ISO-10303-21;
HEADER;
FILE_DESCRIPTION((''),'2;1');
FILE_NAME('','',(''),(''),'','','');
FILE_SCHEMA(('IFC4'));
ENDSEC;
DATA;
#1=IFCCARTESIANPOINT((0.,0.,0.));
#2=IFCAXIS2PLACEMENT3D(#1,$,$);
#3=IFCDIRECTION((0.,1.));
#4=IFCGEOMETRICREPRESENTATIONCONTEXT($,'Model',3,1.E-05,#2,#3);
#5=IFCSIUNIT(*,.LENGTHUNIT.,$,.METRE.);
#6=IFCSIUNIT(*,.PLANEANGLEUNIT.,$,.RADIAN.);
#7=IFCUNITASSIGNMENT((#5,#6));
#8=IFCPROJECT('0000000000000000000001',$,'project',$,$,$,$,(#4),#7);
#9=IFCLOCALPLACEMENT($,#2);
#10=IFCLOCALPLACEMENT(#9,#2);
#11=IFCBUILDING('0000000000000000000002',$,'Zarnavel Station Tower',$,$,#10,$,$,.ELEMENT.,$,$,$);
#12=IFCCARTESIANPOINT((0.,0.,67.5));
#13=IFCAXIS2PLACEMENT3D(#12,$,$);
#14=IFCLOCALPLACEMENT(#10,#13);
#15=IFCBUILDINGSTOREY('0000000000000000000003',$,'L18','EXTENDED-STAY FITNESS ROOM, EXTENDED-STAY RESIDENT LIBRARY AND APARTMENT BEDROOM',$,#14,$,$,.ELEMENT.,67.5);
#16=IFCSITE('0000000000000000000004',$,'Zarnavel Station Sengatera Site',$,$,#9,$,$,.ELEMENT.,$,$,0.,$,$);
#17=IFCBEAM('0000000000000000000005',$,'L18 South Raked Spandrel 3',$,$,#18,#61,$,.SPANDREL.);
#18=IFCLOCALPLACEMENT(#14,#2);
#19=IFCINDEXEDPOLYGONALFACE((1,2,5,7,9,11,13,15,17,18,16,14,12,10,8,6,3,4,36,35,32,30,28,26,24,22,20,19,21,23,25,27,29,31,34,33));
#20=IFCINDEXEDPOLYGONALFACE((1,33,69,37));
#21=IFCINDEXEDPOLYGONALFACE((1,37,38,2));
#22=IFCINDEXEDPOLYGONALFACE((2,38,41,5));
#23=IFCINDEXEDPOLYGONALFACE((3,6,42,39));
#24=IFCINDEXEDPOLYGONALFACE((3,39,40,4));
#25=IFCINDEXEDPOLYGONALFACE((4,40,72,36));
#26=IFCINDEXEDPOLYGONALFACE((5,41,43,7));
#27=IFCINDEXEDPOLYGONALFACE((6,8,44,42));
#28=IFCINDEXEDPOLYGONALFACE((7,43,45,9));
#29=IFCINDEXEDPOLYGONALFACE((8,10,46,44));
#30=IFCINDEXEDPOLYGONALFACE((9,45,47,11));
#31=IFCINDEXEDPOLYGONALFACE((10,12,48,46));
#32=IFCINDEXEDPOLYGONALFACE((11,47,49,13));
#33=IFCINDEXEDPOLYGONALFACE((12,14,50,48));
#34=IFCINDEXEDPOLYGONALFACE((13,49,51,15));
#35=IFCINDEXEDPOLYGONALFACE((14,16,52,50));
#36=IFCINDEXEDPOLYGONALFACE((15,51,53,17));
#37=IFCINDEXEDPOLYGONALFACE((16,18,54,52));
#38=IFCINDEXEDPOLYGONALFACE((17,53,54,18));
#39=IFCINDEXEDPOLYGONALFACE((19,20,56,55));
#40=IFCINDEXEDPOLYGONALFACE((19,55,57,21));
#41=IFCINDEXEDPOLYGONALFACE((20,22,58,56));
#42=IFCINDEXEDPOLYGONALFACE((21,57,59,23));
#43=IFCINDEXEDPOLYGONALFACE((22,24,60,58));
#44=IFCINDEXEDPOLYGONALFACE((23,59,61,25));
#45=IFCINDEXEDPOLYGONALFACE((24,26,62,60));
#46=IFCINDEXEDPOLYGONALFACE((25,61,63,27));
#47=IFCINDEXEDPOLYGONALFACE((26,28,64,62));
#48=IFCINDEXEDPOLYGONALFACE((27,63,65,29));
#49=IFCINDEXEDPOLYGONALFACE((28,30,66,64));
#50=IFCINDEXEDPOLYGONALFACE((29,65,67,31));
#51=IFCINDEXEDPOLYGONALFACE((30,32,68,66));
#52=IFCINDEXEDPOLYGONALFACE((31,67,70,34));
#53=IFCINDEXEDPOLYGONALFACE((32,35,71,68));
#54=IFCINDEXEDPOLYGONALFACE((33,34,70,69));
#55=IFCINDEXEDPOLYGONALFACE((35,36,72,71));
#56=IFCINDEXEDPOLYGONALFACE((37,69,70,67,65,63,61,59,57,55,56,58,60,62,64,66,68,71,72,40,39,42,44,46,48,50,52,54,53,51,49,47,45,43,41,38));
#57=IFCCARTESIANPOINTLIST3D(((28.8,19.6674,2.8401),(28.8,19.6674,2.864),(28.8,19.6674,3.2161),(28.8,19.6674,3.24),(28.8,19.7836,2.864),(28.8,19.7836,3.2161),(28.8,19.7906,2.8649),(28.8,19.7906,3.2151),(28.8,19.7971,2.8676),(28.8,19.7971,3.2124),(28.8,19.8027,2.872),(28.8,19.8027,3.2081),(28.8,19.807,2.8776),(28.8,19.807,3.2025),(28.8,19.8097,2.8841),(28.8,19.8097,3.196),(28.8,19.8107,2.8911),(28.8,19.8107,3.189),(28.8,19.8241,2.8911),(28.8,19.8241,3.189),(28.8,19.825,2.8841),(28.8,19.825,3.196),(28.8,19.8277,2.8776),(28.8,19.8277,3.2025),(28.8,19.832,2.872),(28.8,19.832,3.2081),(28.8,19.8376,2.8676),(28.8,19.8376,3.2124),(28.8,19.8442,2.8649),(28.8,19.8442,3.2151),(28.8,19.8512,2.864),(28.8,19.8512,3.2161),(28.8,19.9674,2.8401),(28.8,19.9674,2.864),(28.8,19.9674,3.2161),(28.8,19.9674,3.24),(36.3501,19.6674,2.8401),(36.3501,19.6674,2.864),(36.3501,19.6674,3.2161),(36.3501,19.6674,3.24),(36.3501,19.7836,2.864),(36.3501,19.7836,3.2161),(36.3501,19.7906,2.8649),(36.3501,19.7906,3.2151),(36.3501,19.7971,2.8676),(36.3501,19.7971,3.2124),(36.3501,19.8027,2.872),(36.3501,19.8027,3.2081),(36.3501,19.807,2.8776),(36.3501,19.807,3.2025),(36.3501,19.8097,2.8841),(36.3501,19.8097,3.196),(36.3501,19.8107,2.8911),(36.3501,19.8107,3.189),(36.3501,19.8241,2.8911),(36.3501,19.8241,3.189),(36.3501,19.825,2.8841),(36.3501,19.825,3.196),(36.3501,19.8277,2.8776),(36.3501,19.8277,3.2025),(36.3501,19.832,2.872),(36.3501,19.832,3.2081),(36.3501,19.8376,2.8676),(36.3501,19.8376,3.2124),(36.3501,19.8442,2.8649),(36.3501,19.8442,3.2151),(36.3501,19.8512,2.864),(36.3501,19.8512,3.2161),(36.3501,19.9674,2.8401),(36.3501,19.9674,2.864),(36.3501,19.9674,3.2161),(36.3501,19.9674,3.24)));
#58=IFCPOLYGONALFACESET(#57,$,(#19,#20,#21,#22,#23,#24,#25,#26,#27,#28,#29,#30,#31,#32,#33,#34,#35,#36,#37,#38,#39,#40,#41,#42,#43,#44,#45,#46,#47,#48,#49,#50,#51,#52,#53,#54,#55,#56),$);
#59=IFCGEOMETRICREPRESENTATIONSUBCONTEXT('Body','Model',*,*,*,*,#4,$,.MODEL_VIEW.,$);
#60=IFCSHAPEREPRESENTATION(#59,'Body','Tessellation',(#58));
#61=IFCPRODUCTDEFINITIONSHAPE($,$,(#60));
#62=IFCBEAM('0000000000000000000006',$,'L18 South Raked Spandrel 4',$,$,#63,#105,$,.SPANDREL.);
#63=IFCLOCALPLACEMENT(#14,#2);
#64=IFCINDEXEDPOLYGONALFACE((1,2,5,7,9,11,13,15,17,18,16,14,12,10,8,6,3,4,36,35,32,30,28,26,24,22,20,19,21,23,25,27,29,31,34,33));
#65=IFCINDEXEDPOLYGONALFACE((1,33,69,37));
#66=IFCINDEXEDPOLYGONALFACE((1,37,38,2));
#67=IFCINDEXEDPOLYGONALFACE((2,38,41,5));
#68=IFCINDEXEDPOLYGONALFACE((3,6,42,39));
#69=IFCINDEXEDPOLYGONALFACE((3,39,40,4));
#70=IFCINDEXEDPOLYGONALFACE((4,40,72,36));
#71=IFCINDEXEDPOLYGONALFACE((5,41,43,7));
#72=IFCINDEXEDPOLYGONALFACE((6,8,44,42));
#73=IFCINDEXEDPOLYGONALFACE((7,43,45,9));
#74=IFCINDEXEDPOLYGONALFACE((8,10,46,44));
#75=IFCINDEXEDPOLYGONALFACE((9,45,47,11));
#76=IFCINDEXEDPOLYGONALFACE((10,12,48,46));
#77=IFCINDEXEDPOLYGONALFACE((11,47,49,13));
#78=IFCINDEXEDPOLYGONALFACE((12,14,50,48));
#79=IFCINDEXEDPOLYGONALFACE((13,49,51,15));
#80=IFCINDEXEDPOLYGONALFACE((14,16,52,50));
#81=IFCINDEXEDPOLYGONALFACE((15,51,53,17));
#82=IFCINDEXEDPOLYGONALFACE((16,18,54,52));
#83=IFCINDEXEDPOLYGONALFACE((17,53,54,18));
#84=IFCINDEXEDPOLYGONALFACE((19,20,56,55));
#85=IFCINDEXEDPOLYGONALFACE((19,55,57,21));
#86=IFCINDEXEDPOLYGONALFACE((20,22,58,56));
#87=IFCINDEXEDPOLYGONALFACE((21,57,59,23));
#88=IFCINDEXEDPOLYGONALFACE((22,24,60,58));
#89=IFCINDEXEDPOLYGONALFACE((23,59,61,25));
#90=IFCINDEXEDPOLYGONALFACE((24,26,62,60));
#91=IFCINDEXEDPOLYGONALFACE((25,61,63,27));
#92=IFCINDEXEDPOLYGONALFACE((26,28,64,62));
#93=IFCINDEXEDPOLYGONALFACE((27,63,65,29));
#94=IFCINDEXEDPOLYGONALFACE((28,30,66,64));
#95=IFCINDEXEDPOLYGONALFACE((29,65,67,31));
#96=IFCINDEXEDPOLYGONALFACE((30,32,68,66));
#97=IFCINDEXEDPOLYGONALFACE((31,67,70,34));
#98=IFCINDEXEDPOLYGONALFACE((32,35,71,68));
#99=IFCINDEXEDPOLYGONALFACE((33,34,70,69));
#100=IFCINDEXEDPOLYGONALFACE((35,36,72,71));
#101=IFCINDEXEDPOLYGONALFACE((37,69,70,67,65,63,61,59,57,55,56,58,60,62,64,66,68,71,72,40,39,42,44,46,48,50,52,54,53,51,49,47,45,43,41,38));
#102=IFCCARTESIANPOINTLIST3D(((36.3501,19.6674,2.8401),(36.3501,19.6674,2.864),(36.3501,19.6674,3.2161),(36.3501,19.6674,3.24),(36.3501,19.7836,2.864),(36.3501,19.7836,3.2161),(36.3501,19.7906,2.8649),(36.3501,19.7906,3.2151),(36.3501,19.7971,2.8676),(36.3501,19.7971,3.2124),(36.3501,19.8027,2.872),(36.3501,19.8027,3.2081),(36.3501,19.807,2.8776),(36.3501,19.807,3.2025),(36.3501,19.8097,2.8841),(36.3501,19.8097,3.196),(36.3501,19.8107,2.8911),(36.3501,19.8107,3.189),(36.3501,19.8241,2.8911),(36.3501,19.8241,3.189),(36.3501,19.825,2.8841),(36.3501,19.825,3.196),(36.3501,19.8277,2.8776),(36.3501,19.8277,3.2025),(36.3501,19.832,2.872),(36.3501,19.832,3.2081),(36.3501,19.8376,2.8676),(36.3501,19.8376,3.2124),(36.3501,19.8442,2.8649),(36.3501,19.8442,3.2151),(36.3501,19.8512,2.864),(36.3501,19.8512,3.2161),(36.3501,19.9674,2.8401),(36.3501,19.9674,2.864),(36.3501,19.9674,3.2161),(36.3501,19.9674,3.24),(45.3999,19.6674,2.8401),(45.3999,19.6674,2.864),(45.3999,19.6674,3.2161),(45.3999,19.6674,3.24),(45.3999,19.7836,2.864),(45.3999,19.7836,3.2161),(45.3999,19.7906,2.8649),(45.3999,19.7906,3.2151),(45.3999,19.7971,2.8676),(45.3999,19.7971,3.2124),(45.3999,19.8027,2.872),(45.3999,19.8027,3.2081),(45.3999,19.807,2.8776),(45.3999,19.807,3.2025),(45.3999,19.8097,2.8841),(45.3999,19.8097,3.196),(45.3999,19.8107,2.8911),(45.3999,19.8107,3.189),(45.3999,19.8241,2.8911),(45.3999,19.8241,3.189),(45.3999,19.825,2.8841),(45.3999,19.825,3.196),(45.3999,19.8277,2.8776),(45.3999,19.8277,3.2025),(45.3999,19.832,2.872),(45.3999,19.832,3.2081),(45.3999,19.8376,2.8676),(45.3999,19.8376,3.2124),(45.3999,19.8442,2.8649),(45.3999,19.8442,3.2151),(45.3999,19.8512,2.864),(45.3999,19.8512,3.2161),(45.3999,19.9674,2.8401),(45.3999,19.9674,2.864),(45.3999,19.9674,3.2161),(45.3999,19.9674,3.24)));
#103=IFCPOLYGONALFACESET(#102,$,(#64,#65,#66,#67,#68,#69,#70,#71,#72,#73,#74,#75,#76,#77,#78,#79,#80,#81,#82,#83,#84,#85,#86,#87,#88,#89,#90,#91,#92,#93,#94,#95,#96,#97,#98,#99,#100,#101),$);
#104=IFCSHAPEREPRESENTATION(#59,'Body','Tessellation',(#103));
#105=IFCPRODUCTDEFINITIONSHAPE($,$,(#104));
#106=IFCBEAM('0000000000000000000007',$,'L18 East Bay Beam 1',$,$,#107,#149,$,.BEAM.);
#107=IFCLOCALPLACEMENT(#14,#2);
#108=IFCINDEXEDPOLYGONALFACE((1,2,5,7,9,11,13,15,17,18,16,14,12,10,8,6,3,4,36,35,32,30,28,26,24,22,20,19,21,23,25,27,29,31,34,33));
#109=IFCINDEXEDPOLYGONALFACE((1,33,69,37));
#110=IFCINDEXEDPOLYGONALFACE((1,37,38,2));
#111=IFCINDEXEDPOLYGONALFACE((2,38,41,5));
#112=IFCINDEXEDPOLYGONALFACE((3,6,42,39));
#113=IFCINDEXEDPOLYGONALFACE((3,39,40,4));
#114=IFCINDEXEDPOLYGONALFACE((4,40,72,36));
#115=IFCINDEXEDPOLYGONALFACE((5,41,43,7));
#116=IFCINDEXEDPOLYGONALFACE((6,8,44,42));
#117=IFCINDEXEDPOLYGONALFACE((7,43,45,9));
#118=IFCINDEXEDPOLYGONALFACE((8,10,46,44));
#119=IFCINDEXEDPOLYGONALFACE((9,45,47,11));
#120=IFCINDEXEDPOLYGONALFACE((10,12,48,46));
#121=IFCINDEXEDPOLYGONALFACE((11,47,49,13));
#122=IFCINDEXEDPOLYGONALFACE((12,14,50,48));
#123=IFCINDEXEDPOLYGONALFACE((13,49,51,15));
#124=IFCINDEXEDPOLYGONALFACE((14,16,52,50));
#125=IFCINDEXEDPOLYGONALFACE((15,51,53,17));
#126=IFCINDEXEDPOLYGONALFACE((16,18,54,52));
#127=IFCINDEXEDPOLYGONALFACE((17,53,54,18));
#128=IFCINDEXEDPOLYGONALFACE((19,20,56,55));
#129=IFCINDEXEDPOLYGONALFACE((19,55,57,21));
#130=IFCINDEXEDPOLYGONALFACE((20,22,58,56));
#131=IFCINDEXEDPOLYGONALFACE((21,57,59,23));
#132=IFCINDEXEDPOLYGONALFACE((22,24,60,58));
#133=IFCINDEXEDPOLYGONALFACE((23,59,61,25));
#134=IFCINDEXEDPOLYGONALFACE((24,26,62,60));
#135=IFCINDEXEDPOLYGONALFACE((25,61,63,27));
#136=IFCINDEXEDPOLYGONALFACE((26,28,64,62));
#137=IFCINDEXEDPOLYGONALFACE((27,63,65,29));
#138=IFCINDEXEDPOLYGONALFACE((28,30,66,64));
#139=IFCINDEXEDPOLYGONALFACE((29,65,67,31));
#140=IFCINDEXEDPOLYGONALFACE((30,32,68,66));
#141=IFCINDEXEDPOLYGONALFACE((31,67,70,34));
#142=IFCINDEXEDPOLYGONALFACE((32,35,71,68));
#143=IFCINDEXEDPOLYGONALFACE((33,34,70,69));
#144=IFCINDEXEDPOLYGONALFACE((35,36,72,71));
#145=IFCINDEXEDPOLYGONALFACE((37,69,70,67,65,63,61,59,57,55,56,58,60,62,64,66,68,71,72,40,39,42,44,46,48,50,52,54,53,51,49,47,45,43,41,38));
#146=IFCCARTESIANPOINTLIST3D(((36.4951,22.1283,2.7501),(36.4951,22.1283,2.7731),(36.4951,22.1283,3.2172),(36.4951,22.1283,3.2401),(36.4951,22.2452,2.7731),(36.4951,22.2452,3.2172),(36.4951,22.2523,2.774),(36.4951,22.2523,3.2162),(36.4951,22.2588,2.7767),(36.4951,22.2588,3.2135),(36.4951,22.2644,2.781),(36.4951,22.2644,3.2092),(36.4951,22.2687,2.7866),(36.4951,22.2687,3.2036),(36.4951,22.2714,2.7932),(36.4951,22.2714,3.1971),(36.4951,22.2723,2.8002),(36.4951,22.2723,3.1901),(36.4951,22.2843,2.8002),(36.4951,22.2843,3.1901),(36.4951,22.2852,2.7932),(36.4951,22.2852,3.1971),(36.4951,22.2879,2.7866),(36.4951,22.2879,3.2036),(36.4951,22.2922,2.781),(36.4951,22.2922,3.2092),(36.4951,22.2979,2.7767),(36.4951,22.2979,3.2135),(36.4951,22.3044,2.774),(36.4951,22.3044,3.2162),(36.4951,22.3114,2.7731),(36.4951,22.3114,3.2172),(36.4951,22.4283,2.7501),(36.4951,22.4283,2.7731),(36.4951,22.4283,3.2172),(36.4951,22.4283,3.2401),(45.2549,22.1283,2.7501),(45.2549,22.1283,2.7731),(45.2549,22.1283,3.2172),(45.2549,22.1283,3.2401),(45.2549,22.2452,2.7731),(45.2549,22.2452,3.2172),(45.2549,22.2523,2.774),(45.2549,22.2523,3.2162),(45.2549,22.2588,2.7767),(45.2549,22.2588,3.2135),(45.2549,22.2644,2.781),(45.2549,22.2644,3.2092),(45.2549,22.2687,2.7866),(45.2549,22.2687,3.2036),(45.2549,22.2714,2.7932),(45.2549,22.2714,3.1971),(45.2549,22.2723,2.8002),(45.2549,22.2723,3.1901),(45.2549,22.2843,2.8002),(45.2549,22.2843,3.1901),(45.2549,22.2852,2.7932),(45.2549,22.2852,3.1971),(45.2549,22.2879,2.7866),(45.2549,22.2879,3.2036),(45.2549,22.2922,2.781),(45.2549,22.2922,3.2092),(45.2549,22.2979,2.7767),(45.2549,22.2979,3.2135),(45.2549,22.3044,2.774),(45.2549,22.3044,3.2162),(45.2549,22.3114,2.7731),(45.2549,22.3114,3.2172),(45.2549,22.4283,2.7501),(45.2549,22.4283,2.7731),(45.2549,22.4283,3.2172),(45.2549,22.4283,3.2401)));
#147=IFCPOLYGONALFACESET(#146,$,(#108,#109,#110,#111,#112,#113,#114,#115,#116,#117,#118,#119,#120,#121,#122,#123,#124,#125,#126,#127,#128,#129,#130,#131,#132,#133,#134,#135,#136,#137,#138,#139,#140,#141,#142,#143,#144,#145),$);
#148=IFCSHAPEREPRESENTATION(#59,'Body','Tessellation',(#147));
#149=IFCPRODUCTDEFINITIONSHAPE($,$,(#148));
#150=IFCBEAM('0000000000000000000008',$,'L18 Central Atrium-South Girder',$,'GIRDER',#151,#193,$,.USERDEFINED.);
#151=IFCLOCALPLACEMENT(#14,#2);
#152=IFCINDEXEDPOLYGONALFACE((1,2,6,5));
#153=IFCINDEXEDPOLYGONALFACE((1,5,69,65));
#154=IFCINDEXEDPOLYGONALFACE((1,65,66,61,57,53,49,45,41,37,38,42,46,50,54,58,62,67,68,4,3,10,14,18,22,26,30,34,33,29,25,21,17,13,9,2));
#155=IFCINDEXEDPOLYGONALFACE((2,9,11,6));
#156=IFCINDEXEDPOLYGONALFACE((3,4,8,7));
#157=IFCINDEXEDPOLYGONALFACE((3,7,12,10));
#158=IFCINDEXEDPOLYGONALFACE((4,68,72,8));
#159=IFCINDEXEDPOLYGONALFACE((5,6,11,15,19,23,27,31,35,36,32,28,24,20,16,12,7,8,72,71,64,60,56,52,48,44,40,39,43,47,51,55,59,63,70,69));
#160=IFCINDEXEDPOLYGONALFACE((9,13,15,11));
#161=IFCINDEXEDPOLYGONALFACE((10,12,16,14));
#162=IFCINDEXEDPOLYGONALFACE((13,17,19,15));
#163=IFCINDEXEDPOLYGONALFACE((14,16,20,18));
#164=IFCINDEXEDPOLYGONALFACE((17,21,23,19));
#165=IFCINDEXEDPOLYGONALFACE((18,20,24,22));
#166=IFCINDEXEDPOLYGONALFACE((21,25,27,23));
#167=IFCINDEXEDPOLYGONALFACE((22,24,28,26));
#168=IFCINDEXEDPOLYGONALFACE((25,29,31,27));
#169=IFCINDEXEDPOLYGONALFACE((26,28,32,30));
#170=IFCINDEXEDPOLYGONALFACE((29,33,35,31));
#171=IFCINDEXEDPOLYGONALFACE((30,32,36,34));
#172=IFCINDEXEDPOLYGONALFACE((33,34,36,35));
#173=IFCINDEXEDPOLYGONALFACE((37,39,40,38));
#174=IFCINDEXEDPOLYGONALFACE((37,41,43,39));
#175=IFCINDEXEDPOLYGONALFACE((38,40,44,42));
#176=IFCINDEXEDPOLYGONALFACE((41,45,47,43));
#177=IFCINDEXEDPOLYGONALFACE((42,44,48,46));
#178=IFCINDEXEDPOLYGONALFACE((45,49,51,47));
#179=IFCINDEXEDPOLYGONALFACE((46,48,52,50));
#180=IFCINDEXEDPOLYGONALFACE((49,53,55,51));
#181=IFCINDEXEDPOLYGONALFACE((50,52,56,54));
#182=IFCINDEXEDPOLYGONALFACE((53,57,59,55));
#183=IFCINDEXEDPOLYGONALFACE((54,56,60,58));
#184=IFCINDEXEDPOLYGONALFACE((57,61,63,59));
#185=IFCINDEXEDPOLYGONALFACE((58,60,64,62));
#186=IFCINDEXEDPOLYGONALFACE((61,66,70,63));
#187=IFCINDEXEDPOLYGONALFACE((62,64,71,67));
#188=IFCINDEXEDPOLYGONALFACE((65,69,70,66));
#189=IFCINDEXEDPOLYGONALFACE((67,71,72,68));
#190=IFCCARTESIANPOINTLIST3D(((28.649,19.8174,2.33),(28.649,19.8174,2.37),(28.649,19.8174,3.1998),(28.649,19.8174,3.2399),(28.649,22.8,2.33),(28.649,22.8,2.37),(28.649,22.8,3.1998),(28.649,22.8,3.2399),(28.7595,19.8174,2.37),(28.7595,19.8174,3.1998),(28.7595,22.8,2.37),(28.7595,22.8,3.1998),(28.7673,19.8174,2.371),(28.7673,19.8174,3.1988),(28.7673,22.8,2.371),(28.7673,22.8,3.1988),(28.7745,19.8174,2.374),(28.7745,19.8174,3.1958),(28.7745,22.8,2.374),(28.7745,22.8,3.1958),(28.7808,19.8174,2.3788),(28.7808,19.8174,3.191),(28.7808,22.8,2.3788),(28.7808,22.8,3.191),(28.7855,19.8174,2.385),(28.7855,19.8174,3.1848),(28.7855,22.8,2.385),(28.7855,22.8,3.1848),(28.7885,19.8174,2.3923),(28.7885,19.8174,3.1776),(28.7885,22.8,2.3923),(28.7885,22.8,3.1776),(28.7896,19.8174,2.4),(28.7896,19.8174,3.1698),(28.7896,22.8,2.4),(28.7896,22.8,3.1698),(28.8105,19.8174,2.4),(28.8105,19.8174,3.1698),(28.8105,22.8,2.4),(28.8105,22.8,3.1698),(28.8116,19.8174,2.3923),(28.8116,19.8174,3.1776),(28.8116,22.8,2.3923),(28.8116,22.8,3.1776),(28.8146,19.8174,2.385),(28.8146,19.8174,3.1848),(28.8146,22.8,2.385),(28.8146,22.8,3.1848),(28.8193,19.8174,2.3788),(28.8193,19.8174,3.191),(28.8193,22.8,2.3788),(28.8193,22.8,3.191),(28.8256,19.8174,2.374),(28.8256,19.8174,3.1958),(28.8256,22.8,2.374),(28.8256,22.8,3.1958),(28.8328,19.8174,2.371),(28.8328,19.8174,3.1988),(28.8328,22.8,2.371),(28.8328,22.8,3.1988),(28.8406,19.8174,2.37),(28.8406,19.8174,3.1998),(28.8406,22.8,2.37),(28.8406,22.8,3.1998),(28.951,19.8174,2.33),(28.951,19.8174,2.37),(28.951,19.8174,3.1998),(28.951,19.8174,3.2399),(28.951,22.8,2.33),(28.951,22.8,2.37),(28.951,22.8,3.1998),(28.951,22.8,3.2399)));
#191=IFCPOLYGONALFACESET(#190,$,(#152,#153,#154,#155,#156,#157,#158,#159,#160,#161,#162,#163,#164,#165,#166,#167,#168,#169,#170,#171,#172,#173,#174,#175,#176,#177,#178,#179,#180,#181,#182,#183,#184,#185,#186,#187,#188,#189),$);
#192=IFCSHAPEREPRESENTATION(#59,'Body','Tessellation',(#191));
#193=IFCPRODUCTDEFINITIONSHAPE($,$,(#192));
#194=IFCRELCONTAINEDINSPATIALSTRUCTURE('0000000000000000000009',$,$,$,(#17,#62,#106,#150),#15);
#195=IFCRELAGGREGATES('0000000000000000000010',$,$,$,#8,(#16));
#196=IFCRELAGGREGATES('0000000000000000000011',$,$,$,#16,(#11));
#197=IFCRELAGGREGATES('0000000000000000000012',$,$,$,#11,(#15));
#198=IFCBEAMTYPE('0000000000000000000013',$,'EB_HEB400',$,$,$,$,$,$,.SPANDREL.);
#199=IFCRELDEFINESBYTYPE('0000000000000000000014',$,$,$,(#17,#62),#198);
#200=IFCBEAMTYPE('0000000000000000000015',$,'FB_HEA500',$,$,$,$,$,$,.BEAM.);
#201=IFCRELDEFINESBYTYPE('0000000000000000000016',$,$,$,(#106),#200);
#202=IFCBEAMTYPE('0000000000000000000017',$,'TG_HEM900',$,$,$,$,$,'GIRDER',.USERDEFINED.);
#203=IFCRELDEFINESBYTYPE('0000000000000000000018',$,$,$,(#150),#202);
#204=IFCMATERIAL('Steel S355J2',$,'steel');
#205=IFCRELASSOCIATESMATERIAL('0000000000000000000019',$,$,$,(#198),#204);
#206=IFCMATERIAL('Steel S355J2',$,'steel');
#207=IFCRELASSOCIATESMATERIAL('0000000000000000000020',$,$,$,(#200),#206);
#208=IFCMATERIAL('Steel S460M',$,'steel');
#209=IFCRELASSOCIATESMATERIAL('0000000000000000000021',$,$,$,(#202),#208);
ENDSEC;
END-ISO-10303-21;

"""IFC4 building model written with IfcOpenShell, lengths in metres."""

from ifc_helpers import new_model, si_unit, direction, frame, origin, origin_2d, place, context, subcontext, project, spatial, i_section, extrude, material, material_profile, profile_set, type_object, element, save


model = new_model("IFC4")

# Units and contexts
model_context = context("Model", 3, precision=1e-05, world=origin(), true_north=direction((0.0, 1.0)))
body_context = subcontext(model_context, "Body", "Model", "MODEL_VIEW")
ifc_project = project(units=[si_unit("LENGTHUNIT", "METRE"), si_unit("PLANEANGLEUNIT", "RADIAN")], contexts=[model_context])

# Site, building, storey
site_placement = place(None, origin())
site = spatial("IfcSite", under=ifc_project, at=site_placement, Name="Zarnavel Station Sengatera Site", CompositionType="ELEMENT", RefElevation=0.0)
building_placement = place(site_placement, origin())
building = spatial("IfcBuilding", under=site, at=building_placement, Name="Zarnavel Station Tower", CompositionType="ELEMENT")
storey_placement = place(building_placement, frame((0.0, 0.0, 67.5)))
storey = spatial("IfcBuildingStorey", under=building, at=storey_placement, Name="L18", Description="EXTENDED-STAY FITNESS ROOM, EXTENDED-STAY RESIDENT LIBRARY AND APARTMENT BEDROOM", CompositionType="ELEMENT", Elevation=67.5)

# Beams
ifc_material_1 = material(Name="Steel S355J2", Category="steel")
ifc_material_profile_1 = material_profile(ifc_material_1, i_section(OverallWidth=0.3, OverallDepth=0.3999, WebThickness=0.0134, FlangeThickness=0.0239, FilletRadius=0.0271, at=origin_2d()), Name="HEB400")
ifc_profile_set_1 = profile_set([ifc_material_profile_1], Name="Steel S355J2")
beam_type_1 = type_object("IfcBeamType", Name="EB_HEB400", PredefinedType="SPANDREL", material=ifc_profile_set_1)
beam_1_placement = place(storey_placement, frame((28.8, 19.8174, 3.04), z_axis=(1.0, 0.0, 0.0), x_axis=(0.0, 1.0, 0.0)))
element("IfcBeam", 1, at=beam_1_placement, inside=storey, type_object=beam_type_1, Name="L18 South Raked Spandrel 3", PredefinedType="SPANDREL", context=body_context, shape_type="SweptSolid", body=[
    extrude(i_section(OverallWidth=0.3, OverallDepth=0.3999, WebThickness=0.0134, FlangeThickness=0.0239, FilletRadius=0.0271, at=origin_2d()), origin(), (0.0, 0.0, 1.0), 7.55),
])
beam_2_placement = place(storey_placement, frame((36.3501, 19.8174, 3.04), z_axis=(1.0, 0.0, 0.0), x_axis=(0.0, 1.0, 0.0)))
element("IfcBeam", 2, at=beam_2_placement, inside=storey, type_object=beam_type_1, Name="L18 South Raked Spandrel 4", PredefinedType="SPANDREL", context=body_context, shape_type="SweptSolid", body=[
    extrude(i_section(OverallWidth=0.3, OverallDepth=0.3999, WebThickness=0.0134, FlangeThickness=0.0239, FilletRadius=0.0271, at=origin_2d()), origin(), (0.0, 0.0, 1.0), 9.0498),
])
ifc_material_2 = material(Name="Steel S355J2", Category="steel")
ifc_material_profile_2 = material_profile(ifc_material_2, i_section(OverallWidth=0.3, OverallDepth=0.49, WebThickness=0.012, FlangeThickness=0.0229, FilletRadius=0.0271, at=origin_2d()), Name="HEA500")
ifc_profile_set_2 = profile_set([ifc_material_profile_2], Name="Steel S355J2")
beam_type_2 = type_object("IfcBeamType", Name="FB_HEA500", PredefinedType="BEAM", material=ifc_profile_set_2)
beam_3_placement = place(storey_placement, frame((36.4951, 22.2783, 2.9951), z_axis=(1.0, 0.0, 0.0), x_axis=(0.0, 1.0, 0.0)))
element("IfcBeam", 3, at=beam_3_placement, inside=storey, type_object=beam_type_2, Name="L18 East Bay Beam 1", PredefinedType="BEAM", context=body_context, shape_type="SweptSolid", body=[
    extrude(i_section(OverallWidth=0.3, OverallDepth=0.49, WebThickness=0.012, FlangeThickness=0.0229, FilletRadius=0.0271, at=origin_2d()), origin(), (0.0, 0.0, 1.0), 8.7598),
])
ifc_material_3 = material(Name="Steel S460M", Category="steel")
ifc_material_profile_3 = material_profile(ifc_material_3, i_section(OverallWidth=0.302, OverallDepth=0.9099, WebThickness=0.021, FlangeThickness=0.04, FilletRadius=0.03, at=origin_2d()), Name="HEM900")
ifc_profile_set_3 = profile_set([ifc_material_profile_3], Name="Steel S460M")
beam_type_3 = type_object("IfcBeamType", Name="TG_HEM900", ElementType="GIRDER", PredefinedType="USERDEFINED", material=ifc_profile_set_3)
beam_4_placement = place(storey_placement, frame((28.8, 19.8174, 2.7849), z_axis=(0.0, 1.0, 0.0), x_axis=(-1.0, 0.0, 0.0)))
element("IfcBeam", 4, at=beam_4_placement, inside=storey, type_object=beam_type_3, Name="L18 Central Atrium-South Girder", ObjectType="GIRDER", PredefinedType="USERDEFINED", context=body_context, shape_type="SweptSolid", body=[
    extrude(i_section(OverallWidth=0.302, OverallDepth=0.9099, WebThickness=0.021, FlangeThickness=0.04, FilletRadius=0.03, at=origin_2d()), origin(), (0.0, 0.0, 1.0), 2.9827),
])

save(model, "model.ifc")
